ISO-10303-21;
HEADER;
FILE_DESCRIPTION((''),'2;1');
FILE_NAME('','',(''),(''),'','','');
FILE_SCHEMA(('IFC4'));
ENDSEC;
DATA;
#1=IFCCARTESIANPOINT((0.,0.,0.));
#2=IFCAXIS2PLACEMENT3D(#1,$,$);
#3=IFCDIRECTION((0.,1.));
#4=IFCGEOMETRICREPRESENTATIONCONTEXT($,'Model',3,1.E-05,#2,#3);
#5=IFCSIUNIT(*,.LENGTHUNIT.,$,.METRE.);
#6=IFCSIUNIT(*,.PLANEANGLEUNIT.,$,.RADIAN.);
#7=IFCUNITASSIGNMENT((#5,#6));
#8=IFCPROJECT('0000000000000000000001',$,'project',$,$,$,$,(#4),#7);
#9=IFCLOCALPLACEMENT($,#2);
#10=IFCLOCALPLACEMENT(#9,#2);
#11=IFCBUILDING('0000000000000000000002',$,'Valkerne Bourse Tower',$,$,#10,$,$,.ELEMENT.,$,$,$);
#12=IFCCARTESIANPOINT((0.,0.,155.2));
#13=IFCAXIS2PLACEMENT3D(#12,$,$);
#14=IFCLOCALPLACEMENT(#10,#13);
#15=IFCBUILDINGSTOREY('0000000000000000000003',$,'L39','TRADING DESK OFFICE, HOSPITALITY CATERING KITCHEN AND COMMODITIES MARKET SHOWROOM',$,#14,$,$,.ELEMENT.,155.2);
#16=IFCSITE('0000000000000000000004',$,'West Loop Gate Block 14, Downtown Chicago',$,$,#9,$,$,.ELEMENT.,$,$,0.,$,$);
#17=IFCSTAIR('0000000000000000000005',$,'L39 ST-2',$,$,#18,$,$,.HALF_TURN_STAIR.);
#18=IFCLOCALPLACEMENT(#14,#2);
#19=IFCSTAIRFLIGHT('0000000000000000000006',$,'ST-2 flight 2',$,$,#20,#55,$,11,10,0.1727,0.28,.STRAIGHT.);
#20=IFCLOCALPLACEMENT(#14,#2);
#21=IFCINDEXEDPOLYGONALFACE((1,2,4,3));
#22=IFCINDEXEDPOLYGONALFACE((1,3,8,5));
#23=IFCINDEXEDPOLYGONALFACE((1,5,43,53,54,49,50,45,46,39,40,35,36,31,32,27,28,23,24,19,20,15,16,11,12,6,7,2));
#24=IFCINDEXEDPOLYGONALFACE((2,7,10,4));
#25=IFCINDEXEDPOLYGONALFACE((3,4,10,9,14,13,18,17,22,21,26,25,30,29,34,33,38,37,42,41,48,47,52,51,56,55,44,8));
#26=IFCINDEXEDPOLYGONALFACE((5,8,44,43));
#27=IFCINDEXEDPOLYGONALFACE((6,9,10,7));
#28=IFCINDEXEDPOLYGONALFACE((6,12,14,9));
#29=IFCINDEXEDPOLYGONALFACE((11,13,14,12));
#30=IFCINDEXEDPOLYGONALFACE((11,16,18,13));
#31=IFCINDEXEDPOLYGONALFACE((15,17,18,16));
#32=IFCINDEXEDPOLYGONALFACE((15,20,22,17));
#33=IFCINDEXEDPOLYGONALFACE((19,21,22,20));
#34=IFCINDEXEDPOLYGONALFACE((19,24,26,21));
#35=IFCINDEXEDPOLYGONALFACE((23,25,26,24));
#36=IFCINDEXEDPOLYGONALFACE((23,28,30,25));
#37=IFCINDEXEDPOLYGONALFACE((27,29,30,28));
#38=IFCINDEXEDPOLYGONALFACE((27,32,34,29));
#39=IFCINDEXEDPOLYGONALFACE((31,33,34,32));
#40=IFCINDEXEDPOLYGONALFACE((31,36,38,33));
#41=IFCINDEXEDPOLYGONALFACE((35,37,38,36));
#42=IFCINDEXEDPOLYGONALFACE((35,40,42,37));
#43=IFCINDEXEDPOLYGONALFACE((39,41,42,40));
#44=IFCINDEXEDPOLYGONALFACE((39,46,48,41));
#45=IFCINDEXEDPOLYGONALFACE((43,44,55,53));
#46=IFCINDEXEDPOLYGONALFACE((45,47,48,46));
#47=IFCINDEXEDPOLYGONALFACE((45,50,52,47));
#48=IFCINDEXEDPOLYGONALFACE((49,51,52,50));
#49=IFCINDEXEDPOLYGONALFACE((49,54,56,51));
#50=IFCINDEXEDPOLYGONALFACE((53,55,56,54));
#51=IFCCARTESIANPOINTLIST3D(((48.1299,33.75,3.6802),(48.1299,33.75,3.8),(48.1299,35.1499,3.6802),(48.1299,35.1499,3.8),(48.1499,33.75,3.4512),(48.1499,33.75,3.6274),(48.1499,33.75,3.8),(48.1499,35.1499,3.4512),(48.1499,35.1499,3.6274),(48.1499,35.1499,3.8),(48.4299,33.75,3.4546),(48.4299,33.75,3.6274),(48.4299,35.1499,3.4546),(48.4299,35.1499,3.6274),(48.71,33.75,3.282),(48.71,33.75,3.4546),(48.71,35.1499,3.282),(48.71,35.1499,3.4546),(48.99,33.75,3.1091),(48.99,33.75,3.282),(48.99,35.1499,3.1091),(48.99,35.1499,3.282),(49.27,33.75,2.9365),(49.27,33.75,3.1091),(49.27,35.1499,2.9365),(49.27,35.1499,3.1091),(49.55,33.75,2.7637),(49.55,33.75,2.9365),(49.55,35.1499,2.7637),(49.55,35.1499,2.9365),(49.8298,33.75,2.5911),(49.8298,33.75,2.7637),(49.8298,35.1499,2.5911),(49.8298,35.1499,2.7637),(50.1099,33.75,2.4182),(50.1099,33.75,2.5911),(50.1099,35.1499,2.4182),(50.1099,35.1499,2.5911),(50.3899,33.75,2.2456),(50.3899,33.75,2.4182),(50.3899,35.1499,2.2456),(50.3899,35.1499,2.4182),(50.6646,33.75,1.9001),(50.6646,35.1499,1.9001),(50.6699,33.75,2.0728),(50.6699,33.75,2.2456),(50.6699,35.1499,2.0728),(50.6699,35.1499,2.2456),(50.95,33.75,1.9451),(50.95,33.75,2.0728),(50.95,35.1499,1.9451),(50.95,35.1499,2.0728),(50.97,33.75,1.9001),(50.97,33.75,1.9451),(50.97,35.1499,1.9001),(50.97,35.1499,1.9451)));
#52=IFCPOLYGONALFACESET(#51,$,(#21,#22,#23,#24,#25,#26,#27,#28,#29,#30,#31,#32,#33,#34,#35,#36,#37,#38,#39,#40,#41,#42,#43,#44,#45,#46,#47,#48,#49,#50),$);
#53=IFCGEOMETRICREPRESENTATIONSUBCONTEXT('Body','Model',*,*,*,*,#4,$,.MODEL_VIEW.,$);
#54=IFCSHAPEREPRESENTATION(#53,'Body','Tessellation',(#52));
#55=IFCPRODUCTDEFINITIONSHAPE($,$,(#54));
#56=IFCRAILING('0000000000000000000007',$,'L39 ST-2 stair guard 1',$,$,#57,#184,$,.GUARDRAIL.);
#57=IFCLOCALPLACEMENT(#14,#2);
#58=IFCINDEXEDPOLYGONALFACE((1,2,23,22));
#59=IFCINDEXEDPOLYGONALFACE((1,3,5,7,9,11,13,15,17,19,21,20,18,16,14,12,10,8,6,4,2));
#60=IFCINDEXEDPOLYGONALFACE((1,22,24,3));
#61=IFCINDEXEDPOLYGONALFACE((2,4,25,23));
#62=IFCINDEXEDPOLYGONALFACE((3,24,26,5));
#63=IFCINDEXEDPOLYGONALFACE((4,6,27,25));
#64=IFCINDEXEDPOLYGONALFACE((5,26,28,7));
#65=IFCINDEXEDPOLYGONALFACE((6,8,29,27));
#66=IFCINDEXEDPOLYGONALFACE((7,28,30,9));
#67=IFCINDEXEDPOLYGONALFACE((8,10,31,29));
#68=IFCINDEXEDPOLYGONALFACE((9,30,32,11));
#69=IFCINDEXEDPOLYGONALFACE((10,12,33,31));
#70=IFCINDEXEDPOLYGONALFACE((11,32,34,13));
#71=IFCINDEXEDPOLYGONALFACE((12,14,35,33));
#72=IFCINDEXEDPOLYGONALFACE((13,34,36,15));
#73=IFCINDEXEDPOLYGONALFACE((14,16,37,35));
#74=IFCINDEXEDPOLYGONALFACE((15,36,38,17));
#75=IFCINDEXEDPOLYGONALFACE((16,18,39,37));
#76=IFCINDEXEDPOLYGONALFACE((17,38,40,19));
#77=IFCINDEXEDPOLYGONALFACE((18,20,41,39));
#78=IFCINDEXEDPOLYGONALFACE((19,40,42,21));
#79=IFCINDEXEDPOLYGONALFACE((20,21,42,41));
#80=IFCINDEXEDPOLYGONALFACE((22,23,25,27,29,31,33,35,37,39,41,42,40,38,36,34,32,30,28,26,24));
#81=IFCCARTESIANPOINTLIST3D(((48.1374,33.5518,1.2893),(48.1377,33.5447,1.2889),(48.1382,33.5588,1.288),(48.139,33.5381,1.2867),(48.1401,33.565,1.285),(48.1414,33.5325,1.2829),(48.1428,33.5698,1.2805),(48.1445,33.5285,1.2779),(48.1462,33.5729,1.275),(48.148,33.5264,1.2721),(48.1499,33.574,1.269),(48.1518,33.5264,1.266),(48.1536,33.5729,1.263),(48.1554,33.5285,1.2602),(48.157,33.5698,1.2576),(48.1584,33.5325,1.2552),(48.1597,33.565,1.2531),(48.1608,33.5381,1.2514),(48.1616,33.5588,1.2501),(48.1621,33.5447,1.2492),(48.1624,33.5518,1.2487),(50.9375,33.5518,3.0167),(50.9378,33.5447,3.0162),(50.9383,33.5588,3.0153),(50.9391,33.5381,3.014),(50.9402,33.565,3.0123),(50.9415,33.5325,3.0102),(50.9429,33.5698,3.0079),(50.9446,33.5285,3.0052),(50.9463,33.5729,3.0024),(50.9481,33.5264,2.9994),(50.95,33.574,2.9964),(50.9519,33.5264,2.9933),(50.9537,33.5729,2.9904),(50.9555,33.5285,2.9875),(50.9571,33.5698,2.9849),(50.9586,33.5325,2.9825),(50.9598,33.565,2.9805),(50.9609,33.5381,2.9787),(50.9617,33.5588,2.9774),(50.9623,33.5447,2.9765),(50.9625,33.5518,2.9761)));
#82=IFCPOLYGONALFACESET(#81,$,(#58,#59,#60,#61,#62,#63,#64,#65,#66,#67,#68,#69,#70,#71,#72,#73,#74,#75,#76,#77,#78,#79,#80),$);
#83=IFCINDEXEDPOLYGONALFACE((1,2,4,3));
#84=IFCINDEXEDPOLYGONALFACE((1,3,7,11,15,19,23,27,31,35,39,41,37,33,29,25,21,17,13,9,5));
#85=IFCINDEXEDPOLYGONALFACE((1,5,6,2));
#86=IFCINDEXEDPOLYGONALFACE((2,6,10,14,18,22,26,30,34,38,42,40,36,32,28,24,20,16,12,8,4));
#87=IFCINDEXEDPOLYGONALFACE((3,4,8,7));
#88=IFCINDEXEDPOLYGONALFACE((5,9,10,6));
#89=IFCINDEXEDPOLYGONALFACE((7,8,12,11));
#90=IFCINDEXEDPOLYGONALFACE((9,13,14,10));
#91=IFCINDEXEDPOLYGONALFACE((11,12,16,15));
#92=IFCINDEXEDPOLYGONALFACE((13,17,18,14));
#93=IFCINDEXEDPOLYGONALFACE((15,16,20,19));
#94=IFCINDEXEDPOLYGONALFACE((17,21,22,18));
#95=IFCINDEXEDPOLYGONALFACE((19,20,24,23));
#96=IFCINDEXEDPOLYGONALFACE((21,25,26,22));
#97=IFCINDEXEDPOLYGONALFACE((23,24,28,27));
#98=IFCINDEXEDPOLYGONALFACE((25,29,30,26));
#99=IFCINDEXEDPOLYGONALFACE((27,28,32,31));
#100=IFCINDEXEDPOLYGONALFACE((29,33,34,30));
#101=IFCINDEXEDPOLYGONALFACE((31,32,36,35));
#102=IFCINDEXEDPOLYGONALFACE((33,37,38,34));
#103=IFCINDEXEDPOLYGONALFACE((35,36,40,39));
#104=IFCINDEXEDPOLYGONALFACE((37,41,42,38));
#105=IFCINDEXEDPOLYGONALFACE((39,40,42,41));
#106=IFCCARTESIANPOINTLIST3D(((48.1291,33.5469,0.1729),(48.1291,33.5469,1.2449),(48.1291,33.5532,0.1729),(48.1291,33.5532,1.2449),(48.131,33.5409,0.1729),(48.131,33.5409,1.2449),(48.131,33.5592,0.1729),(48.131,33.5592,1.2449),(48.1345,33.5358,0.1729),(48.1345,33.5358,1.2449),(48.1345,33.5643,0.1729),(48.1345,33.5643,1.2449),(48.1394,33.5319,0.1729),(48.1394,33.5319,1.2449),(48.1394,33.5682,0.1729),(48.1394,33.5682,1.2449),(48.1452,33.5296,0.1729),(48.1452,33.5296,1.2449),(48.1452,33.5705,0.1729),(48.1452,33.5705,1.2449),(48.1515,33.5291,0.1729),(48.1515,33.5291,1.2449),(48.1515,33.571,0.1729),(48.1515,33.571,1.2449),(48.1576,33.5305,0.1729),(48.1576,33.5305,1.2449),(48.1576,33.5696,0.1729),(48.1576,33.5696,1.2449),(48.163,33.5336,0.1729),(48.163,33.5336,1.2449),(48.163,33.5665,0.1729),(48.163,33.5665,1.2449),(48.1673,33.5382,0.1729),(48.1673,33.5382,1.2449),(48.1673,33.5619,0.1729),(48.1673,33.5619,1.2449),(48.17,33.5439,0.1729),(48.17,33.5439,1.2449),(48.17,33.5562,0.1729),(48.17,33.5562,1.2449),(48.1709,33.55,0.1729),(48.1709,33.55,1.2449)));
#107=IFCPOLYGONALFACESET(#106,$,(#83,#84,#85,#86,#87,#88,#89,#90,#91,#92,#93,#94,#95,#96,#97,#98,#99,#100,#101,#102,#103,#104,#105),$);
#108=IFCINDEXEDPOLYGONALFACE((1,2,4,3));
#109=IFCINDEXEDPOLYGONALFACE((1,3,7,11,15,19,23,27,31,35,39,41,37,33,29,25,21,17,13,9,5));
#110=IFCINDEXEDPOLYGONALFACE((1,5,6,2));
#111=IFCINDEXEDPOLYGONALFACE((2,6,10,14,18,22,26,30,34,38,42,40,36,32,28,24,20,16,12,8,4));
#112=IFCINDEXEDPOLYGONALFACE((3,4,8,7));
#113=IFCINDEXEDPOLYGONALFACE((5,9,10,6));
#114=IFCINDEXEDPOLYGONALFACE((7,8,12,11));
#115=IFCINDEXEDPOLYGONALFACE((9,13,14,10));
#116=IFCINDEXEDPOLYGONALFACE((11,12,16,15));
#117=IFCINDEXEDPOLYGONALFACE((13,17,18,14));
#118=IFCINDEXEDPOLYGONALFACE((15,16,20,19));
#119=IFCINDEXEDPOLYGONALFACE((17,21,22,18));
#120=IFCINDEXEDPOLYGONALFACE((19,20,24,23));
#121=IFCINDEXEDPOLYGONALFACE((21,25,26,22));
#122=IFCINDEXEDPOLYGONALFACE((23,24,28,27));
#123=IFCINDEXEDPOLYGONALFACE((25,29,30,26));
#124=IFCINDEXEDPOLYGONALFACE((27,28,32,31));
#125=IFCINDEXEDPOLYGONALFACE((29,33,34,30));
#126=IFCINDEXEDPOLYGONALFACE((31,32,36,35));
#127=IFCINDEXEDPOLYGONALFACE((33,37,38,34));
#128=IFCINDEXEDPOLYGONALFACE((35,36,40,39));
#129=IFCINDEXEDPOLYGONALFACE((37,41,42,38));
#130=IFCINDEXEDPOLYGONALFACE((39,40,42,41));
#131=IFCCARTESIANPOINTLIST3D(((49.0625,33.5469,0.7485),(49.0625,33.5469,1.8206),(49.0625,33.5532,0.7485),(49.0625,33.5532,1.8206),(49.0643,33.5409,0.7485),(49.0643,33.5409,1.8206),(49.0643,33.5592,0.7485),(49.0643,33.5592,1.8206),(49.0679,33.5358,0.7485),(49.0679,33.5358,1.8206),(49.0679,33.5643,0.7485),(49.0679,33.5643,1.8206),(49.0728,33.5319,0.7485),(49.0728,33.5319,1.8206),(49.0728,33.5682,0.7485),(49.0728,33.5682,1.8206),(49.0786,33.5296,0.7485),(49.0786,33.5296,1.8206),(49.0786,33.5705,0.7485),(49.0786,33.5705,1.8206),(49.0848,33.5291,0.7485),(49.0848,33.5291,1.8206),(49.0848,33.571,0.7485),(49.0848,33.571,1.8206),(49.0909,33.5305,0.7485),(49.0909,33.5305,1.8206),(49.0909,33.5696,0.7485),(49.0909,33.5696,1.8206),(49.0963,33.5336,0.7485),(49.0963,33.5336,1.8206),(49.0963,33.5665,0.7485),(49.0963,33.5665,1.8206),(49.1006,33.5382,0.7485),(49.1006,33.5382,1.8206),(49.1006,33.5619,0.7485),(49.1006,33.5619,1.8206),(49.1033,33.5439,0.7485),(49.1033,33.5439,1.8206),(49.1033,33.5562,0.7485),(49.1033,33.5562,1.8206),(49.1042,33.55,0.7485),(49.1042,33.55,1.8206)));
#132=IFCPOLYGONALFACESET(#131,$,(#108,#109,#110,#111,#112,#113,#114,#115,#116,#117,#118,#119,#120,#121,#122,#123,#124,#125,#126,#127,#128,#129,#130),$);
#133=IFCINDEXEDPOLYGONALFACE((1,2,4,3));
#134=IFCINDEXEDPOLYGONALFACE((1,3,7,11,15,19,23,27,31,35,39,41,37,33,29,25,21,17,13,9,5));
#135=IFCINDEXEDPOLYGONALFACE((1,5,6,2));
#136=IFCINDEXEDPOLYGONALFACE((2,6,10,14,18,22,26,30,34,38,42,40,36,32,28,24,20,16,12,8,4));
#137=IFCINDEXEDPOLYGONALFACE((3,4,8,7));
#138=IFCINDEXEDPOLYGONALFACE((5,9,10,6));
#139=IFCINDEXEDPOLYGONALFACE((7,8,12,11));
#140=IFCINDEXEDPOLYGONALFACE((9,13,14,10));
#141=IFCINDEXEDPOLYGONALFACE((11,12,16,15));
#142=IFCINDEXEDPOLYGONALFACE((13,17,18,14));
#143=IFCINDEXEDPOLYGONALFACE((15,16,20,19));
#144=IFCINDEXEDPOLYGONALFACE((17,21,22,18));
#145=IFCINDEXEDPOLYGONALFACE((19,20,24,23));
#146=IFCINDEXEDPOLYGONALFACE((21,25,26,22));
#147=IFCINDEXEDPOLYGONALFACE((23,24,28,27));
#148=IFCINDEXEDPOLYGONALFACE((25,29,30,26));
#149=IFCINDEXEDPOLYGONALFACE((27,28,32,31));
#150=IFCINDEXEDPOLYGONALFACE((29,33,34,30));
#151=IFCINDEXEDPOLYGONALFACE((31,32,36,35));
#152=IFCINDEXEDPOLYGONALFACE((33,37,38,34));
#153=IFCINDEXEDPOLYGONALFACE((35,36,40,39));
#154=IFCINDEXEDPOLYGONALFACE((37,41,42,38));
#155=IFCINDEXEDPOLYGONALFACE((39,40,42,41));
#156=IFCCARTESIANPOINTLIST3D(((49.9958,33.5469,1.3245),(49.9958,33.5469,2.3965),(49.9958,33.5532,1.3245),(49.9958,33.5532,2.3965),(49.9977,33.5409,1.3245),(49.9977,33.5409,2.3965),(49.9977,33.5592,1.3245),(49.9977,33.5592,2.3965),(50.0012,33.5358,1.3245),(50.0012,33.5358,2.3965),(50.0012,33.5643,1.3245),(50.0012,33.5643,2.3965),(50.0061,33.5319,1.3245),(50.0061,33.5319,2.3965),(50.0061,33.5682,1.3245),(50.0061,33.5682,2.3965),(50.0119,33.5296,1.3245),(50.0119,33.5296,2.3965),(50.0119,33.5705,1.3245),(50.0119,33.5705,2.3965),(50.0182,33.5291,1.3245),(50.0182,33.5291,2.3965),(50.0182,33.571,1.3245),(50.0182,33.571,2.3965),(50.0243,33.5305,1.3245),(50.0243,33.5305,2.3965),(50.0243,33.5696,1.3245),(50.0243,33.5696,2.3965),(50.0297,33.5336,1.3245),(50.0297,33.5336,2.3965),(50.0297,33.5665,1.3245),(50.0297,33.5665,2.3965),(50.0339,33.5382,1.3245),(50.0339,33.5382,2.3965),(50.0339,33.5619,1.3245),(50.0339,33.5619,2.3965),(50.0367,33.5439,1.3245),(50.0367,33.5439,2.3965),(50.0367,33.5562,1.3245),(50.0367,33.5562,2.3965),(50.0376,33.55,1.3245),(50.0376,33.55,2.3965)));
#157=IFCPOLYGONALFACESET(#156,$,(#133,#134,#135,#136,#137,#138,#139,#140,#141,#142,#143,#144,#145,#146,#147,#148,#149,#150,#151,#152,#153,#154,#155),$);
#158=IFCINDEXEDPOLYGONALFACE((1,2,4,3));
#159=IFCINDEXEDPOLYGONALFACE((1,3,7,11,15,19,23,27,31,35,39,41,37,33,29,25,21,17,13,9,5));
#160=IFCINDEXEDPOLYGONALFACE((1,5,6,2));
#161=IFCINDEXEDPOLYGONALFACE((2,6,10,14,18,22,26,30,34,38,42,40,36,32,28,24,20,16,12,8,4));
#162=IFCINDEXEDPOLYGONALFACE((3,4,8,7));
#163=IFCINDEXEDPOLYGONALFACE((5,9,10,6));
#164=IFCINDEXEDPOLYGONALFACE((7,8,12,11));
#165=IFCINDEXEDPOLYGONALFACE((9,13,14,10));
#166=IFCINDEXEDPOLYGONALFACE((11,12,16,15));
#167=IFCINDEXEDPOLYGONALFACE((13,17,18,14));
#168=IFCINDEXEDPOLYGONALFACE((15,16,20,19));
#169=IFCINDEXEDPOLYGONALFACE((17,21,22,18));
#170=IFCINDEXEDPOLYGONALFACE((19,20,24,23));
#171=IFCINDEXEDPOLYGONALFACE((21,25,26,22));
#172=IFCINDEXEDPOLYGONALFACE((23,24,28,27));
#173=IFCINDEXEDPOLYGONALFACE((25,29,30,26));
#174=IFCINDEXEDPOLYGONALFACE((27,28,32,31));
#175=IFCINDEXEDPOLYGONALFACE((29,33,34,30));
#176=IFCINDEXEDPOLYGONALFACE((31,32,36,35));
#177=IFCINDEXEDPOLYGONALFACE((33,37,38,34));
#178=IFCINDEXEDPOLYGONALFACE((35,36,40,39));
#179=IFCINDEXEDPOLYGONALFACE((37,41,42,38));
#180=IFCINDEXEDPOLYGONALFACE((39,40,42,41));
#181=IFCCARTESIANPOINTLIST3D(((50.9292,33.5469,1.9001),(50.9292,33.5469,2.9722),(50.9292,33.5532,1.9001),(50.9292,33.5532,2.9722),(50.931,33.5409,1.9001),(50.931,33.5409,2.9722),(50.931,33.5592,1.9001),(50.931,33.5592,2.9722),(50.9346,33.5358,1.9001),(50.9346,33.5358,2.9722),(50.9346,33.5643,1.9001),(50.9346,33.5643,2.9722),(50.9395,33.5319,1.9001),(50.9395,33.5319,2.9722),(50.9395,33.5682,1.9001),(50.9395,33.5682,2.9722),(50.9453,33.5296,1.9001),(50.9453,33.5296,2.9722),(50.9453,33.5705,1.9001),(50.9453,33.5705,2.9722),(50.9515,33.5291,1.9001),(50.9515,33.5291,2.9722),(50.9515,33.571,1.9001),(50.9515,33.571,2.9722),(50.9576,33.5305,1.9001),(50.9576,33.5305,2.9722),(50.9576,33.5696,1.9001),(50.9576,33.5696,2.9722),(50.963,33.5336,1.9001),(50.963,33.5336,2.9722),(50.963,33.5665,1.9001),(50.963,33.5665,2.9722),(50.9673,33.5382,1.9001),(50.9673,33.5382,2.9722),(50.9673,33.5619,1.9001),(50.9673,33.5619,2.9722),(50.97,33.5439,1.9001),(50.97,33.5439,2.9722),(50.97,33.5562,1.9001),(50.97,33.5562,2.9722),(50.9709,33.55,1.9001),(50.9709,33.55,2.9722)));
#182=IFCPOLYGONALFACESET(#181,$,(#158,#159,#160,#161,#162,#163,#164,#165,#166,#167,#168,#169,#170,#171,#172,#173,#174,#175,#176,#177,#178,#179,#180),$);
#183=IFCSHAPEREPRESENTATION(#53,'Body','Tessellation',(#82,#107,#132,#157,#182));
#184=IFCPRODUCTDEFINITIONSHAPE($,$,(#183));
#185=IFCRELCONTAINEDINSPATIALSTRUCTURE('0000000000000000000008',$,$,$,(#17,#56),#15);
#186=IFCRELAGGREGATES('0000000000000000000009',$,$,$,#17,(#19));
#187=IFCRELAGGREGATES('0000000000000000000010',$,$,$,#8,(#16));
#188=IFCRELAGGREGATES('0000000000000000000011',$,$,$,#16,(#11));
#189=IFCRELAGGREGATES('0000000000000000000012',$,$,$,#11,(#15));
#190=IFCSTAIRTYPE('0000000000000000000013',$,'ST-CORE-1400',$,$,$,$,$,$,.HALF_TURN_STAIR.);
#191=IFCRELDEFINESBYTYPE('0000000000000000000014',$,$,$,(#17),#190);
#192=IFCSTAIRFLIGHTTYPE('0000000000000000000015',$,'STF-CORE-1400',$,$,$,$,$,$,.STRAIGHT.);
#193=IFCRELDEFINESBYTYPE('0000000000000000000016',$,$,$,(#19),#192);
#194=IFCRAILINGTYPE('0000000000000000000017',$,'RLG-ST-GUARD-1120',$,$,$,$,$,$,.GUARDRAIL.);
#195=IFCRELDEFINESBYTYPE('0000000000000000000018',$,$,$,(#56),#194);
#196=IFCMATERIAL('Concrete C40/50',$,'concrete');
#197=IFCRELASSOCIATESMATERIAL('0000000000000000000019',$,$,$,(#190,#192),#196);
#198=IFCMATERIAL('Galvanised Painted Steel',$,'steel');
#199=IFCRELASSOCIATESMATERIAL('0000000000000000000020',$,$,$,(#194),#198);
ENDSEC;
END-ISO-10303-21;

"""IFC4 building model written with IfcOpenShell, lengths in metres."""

from ifc_helpers import new_model, si_unit, direction, frame, origin, origin_2d, place, context, subcontext, project, spatial, polyline, circle, outline, extrude, material, type_object, element, aggregate, save


model = new_model("IFC4")

# Units and contexts
model_context = context("Model", 3, precision=1e-05, world=origin(), true_north=direction((0.0, 1.0)))
body_context = subcontext(model_context, "Body", "Model", "MODEL_VIEW")
ifc_project = project(units=[si_unit("LENGTHUNIT", "METRE"), si_unit("PLANEANGLEUNIT", "RADIAN")], contexts=[model_context])

# Site, building, storey
site_placement = place(None, origin())
site = spatial("IfcSite", under=ifc_project, at=site_placement, Name="West Loop Gate Block 14, Downtown Chicago", CompositionType="ELEMENT", RefElevation=0.0)
building_placement = place(site_placement, origin())
building = spatial("IfcBuilding", under=site, at=building_placement, Name="Valkerne Bourse Tower", CompositionType="ELEMENT")
storey_placement = place(building_placement, frame((0.0, 0.0, 155.2)))
storey = spatial("IfcBuildingStorey", under=building, at=storey_placement, Name="L39", Description="TRADING DESK OFFICE, HOSPITALITY CATERING KITCHEN AND COMMODITIES MARKET SHOWROOM", CompositionType="ELEMENT", Elevation=155.2)

# Shared definitions
ifc_material_1 = material(Name="Galvanised Painted Steel", Category="steel")

# Stair, stair flight
ifc_material_2 = material(Name="Concrete C40/50", Category="concrete")
stair_type = type_object("IfcStairType", Name="ST-CORE-1400", PredefinedType="HALF_TURN_STAIR", material=ifc_material_2)
stair_placement = place(storey_placement, origin())
stair = element("IfcStair", 1, at=stair_placement, inside=storey, type_object=stair_type, Name="L39 ST-2", PredefinedType="HALF_TURN_STAIR")
stair_flight_type = type_object("IfcStairFlightType", Name="STF-CORE-1400", PredefinedType="STRAIGHT", material=ifc_material_2)
stair_flight_1_placement = place(storey_placement, frame((50.95, 34.45, 1.9001), z_axis=(0.0, 0.0, 1.0), x_axis=(-1.0, 0.0, 0.0)))
stair_flight_1 = element("IfcStairFlight", 2, at=stair_flight_1_placement, type_object=stair_flight_type, Name="ST-2 flight 2", NumberOfRisers=11, NumberOfTreads=10, PredefinedType="STRAIGHT", RiserHeight=0.1727, TreadLength=0.28, context=body_context, shape_type="SweptSolid", body=[
    extrude(outline(polyline([(-0.02, 0.0), (-0.02, 0.0449), (0.0, 0.0449), (0.0, 0.1726), (0.28, 0.1726), (0.28, 0.3455), (0.5601, 0.3455), (0.5601, 0.5181), (0.8401, 0.5181), (0.8401, 0.6909), (1.1201, 0.6909), (1.1201, 0.8635), (1.3999, 0.8635), (1.3999, 1.0364), (1.6799, 1.0364), (1.6799, 1.209), (1.96, 1.209), (1.96, 1.3818), (2.24, 1.3818), (2.24, 1.5544), (2.52, 1.5544), (2.52, 1.7273), (2.8, 1.7273), (2.8, 1.8999), (2.8201, 1.8999), (2.8201, 1.78), (2.8, 1.551), (0.2854, 0.0), (-0.02, 0.0)])), frame((0.0, 0.7, 0.0), z_axis=(0.0, -1.0, 0.0), x_axis=(1.0, 0.0, 0.0)), (0.0, 0.0, 1.0), 1.3999),
])
aggregate(stair, [stair_flight_1])

# Railing
railing_type_1 = type_object("IfcRailingType", Name="RLG-ST-GUARD-1120", PredefinedType="GUARDRAIL", material=ifc_material_1)
railing_1_placement = place(storey_placement, frame((48.1499, 33.55, 0.1729)))
element("IfcRailing", 3, at=railing_1_placement, inside=storey, type_object=railing_type_1, Name="L39 ST-2 stair guard 1", PredefinedType="GUARDRAIL", context=body_context, shape_type="SweptSolid", body=[
    extrude(circle(Radius=0.0239, at=origin_2d()), frame((0.0, 0.0, 1.0962), z_axis=(0.85109, 0.0, 0.52502), x_axis=(0.0, 1.0, 0.0)), (0.0, 0.0, 1.0), 3.29),
    extrude(circle(Radius=0.021, at=origin_2d()), origin(), (0.0, 0.0, 1.0), 1.072),
    extrude(circle(Radius=0.021, at=origin_2d()), frame((0.9333, 0.0, 0.5757)), (0.0, 0.0, 1.0), 1.072),
    extrude(circle(Radius=0.021, at=origin_2d()), frame((1.8667, 0.0, 1.1516)), (0.0, 0.0, 1.0), 1.072),
    extrude(circle(Radius=0.021, at=origin_2d()), frame((2.8, 0.0, 1.7273)), (0.0, 0.0, 1.0), 1.072),
])

save(model, "model.ifc")
